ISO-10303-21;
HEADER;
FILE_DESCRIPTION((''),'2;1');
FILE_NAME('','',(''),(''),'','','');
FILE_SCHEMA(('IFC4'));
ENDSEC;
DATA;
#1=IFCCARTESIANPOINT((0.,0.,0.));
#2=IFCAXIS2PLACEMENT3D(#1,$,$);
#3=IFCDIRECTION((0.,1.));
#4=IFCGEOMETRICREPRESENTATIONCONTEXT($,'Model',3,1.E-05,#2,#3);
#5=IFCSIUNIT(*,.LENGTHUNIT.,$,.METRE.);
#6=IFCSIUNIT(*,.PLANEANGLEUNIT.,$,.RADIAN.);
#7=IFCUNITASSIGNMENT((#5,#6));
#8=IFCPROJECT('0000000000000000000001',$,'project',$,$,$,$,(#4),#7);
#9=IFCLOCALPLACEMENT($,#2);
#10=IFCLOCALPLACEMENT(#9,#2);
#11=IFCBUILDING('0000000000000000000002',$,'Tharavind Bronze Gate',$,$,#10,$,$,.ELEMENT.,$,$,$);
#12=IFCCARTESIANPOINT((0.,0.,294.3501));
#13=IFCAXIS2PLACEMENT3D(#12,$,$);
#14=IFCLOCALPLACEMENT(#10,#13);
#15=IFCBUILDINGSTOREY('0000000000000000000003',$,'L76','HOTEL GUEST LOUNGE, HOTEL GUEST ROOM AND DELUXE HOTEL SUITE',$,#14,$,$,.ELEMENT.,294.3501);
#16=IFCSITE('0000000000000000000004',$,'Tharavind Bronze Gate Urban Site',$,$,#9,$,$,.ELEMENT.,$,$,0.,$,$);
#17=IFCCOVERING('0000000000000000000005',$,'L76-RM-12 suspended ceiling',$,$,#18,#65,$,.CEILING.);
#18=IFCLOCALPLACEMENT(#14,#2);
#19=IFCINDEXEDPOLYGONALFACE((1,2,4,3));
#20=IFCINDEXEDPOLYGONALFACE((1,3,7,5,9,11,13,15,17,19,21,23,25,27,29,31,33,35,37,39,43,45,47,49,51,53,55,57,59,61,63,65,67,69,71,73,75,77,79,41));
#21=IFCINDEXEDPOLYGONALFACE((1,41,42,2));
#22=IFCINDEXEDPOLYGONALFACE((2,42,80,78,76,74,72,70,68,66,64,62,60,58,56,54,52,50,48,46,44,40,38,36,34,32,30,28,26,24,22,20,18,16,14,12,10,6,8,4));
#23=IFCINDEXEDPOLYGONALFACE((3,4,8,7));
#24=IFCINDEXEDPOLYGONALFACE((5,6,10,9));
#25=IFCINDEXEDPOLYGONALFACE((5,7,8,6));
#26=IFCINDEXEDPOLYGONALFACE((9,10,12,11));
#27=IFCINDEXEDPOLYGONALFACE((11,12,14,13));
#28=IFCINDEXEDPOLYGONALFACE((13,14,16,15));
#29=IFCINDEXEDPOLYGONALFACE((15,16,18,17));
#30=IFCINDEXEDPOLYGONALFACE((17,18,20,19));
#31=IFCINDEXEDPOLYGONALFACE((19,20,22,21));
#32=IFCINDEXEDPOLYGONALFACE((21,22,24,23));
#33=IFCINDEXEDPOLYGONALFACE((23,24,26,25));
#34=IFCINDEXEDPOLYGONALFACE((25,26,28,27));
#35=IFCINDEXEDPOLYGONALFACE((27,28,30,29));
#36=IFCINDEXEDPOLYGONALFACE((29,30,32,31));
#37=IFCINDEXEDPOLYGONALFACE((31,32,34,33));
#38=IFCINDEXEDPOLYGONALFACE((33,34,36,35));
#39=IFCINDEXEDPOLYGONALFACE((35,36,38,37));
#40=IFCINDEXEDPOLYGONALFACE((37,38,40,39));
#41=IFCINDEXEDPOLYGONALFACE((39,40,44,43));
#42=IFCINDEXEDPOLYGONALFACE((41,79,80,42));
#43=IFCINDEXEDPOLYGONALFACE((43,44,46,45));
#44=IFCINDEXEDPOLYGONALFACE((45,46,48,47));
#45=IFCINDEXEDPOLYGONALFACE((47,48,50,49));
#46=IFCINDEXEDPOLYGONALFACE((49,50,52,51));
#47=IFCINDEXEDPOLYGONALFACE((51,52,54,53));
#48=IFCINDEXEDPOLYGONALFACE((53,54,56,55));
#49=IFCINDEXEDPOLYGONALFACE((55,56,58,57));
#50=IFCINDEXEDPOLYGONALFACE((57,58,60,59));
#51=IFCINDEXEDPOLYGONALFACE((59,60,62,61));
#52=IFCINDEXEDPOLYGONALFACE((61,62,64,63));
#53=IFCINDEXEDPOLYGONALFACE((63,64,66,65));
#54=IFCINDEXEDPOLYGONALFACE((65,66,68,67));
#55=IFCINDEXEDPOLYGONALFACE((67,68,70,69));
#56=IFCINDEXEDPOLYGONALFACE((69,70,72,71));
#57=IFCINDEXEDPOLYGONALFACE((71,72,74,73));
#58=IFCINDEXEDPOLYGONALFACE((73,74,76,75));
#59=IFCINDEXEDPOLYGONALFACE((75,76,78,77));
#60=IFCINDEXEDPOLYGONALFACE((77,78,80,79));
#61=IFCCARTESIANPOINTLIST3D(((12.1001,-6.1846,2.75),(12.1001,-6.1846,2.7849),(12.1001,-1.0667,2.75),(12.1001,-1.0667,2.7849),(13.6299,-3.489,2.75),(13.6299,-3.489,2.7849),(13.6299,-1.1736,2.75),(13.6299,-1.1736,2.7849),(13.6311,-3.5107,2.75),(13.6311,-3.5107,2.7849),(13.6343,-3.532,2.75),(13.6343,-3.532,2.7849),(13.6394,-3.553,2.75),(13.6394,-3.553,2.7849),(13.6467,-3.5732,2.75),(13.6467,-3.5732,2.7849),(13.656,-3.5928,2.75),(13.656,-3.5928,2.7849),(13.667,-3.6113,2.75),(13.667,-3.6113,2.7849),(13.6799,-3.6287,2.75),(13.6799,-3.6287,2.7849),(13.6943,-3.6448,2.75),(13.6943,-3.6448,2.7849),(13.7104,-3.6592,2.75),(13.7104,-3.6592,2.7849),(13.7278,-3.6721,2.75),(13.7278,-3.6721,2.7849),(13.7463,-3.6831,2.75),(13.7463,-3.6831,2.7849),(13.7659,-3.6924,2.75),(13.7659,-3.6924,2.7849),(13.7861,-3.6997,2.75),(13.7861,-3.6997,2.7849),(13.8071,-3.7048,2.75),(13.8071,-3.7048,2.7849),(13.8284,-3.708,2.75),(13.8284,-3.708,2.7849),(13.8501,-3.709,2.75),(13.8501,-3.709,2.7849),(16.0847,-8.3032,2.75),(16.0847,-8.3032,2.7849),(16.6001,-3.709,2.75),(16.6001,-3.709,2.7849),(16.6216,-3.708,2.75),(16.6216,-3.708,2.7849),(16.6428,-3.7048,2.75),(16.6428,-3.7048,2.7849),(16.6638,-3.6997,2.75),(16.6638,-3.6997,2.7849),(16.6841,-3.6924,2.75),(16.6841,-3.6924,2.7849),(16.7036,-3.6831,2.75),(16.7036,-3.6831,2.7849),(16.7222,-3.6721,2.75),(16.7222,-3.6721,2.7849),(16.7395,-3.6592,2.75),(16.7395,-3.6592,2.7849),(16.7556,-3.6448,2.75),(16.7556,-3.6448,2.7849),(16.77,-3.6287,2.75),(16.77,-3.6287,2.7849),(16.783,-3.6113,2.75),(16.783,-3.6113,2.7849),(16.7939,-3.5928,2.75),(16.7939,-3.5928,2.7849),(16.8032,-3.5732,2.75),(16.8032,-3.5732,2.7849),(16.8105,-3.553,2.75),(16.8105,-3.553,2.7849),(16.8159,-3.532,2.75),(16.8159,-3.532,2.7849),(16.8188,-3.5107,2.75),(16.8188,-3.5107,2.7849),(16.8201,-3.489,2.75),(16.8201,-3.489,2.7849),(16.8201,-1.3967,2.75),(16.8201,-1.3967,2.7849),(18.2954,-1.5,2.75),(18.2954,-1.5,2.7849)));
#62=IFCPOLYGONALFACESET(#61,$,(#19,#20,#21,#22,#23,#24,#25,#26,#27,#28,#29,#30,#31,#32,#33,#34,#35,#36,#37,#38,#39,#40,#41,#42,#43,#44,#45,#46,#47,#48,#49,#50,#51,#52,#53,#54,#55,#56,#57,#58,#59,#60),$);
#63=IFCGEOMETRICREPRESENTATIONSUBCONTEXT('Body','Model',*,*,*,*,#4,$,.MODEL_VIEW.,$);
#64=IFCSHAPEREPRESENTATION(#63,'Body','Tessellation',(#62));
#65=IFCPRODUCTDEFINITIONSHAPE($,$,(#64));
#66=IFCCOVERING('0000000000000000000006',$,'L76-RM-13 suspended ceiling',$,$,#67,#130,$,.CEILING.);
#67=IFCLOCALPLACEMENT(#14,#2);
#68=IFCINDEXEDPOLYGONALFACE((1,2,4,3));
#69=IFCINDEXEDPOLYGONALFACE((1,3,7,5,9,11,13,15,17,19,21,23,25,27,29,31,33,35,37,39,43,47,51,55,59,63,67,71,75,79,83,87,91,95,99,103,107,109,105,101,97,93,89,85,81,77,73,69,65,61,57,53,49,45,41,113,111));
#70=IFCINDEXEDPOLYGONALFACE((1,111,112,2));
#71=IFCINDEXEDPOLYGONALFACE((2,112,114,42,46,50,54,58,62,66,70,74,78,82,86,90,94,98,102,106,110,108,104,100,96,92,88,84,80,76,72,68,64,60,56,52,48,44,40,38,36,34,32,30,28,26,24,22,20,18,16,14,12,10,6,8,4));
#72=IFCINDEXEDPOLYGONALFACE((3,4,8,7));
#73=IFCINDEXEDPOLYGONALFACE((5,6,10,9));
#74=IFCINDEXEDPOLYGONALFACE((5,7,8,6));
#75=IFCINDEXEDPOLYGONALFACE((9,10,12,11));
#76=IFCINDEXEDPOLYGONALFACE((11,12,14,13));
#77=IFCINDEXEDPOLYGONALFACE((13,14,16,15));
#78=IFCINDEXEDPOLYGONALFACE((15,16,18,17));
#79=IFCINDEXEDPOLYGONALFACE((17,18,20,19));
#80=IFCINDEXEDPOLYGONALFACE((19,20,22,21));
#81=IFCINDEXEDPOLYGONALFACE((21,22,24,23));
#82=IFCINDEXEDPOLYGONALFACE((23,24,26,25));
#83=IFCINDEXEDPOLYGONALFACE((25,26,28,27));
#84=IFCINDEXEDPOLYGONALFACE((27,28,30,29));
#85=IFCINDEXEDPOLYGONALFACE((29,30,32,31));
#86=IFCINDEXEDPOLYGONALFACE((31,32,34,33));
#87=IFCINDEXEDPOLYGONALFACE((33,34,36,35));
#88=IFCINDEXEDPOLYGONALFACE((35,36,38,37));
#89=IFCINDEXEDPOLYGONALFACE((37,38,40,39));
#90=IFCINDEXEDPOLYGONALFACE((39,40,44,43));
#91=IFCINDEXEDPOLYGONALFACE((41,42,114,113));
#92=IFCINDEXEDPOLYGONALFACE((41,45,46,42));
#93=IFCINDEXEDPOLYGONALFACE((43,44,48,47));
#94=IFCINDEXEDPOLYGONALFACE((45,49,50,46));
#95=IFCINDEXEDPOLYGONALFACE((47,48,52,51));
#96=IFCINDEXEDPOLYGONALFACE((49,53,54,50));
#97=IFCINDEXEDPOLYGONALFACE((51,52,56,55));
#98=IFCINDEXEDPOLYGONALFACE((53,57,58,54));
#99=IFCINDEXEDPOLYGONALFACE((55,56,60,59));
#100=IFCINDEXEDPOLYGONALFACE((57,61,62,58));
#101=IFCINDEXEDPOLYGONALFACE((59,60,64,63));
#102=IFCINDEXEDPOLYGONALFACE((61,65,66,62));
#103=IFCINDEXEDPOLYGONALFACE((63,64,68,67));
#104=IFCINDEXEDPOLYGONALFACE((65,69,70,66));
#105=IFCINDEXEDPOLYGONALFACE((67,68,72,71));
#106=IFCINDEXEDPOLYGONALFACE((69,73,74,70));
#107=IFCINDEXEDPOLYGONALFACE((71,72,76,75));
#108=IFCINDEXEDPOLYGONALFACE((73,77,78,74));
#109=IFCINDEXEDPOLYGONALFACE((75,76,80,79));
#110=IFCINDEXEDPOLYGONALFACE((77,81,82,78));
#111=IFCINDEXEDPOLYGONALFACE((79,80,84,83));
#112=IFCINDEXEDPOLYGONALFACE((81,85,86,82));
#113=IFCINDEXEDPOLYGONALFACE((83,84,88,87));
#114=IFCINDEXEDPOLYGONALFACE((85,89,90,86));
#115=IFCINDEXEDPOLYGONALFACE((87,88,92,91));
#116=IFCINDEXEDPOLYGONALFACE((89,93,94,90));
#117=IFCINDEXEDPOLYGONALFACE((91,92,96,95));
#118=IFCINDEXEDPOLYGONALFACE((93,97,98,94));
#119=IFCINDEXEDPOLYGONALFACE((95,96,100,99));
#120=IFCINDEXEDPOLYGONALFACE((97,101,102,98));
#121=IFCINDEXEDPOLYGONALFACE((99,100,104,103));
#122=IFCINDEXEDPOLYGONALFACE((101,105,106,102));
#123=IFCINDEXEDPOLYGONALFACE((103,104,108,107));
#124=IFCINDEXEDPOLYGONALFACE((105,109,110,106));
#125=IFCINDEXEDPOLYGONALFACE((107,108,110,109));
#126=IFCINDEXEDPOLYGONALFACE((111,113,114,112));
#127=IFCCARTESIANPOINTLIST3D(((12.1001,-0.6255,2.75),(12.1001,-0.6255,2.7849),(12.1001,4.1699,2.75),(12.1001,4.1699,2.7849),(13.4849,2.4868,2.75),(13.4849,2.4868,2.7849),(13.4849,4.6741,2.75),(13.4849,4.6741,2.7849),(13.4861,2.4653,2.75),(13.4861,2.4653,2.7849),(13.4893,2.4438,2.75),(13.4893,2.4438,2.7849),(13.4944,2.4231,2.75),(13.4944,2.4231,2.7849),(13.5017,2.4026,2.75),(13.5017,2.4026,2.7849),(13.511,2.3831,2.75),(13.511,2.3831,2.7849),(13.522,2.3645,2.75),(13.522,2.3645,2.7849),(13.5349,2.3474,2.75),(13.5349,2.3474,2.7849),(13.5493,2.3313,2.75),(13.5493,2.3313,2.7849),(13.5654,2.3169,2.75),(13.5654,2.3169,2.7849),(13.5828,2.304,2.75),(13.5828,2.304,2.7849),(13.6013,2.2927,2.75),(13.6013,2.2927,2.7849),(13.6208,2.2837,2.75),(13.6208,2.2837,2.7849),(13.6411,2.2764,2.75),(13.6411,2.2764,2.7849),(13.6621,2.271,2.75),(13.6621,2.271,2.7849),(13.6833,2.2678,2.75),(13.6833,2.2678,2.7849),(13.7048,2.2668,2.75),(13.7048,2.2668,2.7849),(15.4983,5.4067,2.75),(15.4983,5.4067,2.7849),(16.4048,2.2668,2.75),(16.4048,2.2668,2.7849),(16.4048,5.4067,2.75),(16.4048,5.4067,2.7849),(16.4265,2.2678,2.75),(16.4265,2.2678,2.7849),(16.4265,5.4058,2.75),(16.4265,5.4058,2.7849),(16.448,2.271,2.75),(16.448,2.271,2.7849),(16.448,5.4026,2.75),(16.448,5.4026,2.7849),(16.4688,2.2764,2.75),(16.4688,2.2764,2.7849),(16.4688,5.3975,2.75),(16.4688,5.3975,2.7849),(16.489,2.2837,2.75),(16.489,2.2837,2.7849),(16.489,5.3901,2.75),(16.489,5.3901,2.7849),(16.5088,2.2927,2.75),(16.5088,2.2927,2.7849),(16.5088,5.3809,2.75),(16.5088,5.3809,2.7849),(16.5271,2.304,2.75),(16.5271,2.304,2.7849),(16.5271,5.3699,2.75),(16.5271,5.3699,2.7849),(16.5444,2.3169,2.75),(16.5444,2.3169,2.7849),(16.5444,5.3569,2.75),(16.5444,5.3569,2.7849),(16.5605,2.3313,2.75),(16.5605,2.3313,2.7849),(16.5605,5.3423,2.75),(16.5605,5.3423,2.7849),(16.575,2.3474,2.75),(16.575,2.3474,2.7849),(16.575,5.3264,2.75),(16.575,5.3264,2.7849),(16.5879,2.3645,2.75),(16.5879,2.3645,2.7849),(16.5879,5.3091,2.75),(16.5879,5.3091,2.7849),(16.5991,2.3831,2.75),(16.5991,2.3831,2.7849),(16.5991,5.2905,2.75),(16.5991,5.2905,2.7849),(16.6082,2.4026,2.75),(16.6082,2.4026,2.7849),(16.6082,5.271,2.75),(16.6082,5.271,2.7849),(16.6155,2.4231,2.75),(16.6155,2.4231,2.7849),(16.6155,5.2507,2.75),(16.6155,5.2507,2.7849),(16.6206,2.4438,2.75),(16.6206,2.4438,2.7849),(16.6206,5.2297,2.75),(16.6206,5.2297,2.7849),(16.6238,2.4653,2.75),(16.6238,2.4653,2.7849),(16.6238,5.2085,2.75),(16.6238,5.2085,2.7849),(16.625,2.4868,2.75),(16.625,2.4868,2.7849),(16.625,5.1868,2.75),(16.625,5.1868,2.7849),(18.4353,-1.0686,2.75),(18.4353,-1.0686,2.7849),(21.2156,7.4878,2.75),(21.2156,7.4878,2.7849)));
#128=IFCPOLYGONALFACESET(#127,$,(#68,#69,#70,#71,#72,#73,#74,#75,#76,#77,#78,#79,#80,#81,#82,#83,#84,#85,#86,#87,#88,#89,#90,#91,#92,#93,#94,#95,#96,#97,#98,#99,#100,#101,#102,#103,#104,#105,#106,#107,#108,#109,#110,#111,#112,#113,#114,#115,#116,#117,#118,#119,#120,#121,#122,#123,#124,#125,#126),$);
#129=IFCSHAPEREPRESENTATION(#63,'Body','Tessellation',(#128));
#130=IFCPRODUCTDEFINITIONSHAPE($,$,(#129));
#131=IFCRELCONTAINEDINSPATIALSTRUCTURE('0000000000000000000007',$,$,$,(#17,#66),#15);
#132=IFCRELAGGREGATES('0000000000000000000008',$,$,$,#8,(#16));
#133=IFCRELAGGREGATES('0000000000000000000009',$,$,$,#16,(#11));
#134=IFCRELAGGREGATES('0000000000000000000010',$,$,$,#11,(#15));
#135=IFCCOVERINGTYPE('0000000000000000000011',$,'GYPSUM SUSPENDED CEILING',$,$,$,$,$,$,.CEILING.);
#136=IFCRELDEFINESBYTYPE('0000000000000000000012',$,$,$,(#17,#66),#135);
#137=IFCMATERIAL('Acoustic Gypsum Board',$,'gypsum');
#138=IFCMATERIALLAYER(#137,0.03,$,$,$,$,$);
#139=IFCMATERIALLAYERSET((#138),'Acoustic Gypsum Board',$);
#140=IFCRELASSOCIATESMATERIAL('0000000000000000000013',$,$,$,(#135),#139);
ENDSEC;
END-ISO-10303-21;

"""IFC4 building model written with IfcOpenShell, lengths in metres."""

from ifc_helpers import new_model, si_unit, direction, frame, origin, place, context, subcontext, project, spatial, polyline, outline, extrude, material, layer, layer_set, type_object, element, save


model = new_model("IFC4")

# Units and contexts
model_context = context("Model", 3, precision=1e-05, world=origin(), true_north=direction((0.0, 1.0)))
body_context = subcontext(model_context, "Body", "Model", "MODEL_VIEW")
ifc_project = project(units=[si_unit("LENGTHUNIT", "METRE"), si_unit("PLANEANGLEUNIT", "RADIAN")], contexts=[model_context])

# Site, building, storey
site_placement = place(None, origin())
site = spatial("IfcSite", under=ifc_project, at=site_placement, Name="Tharavind Bronze Gate Urban Site", CompositionType="ELEMENT", RefElevation=0.0)
building_placement = place(site_placement, origin())
building = spatial("IfcBuilding", under=site, at=building_placement, Name="Tharavind Bronze Gate", CompositionType="ELEMENT")
storey_placement = place(building_placement, frame((0.0, 0.0, 294.3501)))
storey = spatial("IfcBuildingStorey", under=building, at=storey_placement, Name="L76", Description="HOTEL GUEST LOUNGE, HOTEL GUEST ROOM AND DELUXE HOTEL SUITE", CompositionType="ELEMENT", Elevation=294.3501)

# Coverings
ifc_material_1 = material(Name="Acoustic Gypsum Board", Category="gypsum")
ifc_layer_1 = layer(ifc_material_1, 0.03)
ifc_layer_set_1 = layer_set([ifc_layer_1], Name="Acoustic Gypsum Board")
covering_type_1 = type_object("IfcCoveringType", Name="GYPSUM SUSPENDED CEILING", PredefinedType="CEILING", material=ifc_layer_set_1)
covering_1_placement = place(storey_placement, frame((0.0, 0.0, 2.75)))
element("IfcCovering", 1, at=covering_1_placement, inside=storey, type_object=covering_type_1, Name="L76-RM-12 suspended ceiling", PredefinedType="CEILING", context=body_context, shape_type="SweptSolid", body=[
    extrude(outline(polyline([(12.1001, -6.1846), (16.0847, -8.3032), (18.2954, -1.5), (16.8201, -1.3967), (16.8201, -3.489), (16.8188, -3.5107), (16.8159, -3.532), (16.8105, -3.553), (16.8032, -3.5732), (16.7939, -3.5928), (16.783, -3.6113), (16.77, -3.6287), (16.7556, -3.6448), (16.7395, -3.6592), (16.7222, -3.6721), (16.7036, -3.6831), (16.6841, -3.6924), (16.6638, -3.6997), (16.6428, -3.7048), (16.6216, -3.708), (16.6001, -3.709), (13.8501, -3.709), (13.8284, -3.708), (13.8071, -3.7048), (13.7861, -3.6997), (13.7659, -3.6924), (13.7463, -3.6831), (13.7278, -3.6721), (13.7104, -3.6592), (13.6943, -3.6448), (13.6799, -3.6287), (13.667, -3.6113), (13.656, -3.5928), (13.6467, -3.5732), (13.6394, -3.553), (13.6343, -3.532), (13.6311, -3.5107), (13.6299, -3.489), (13.6299, -1.1736), (12.1001, -1.0667), (12.1001, -6.1846)])), origin(), (0.0, 0.0, 1.0), 0.0349),
])
covering_2_placement = place(storey_placement, frame((0.0, 0.0, 2.75)))
element("IfcCovering", 2, at=covering_2_placement, inside=storey, type_object=covering_type_1, Name="L76-RM-13 suspended ceiling", PredefinedType="CEILING", context=body_context, shape_type="SweptSolid", body=[
    extrude(outline(polyline([(18.4353, -1.0686), (21.2156, 7.4878), (15.4983, 5.4067), (16.4048, 5.4067), (16.4265, 5.4058), (16.448, 5.4026), (16.4688, 5.3975), (16.489, 5.3901), (16.5088, 5.3809), (16.5271, 5.3699), (16.5444, 5.3569), (16.5605, 5.3423), (16.575, 5.3264), (16.5879, 5.3091), (16.5991, 5.2905), (16.6082, 5.271), (16.6155, 5.2507), (16.6206, 5.2297), (16.6238, 5.2085), (16.625, 5.1868), (16.625, 2.4868), (16.6238, 2.4653), (16.6206, 2.4438), (16.6155, 2.4231), (16.6082, 2.4026), (16.5991, 2.3831), (16.5879, 2.3645), (16.575, 2.3474), (16.5605, 2.3313), (16.5444, 2.3169), (16.5271, 2.304), (16.5088, 2.2927), (16.489, 2.2837), (16.4688, 2.2764), (16.448, 2.271), (16.4265, 2.2678), (16.4048, 2.2668), (13.7048, 2.2668), (13.6833, 2.2678), (13.6621, 2.271), (13.6411, 2.2764), (13.6208, 2.2837), (13.6013, 2.2927), (13.5828, 2.304), (13.5654, 2.3169), (13.5493, 2.3313), (13.5349, 2.3474), (13.522, 2.3645), (13.511, 2.3831), (13.5017, 2.4026), (13.4944, 2.4231), (13.4893, 2.4438), (13.4861, 2.4653), (13.4849, 2.4868), (13.4849, 4.6741), (12.1001, 4.1699), (12.1001, -0.6255), (18.4353, -1.0686)])), origin(), (0.0, 0.0, 1.0), 0.0349),
])

save(model, "model.ifc")
